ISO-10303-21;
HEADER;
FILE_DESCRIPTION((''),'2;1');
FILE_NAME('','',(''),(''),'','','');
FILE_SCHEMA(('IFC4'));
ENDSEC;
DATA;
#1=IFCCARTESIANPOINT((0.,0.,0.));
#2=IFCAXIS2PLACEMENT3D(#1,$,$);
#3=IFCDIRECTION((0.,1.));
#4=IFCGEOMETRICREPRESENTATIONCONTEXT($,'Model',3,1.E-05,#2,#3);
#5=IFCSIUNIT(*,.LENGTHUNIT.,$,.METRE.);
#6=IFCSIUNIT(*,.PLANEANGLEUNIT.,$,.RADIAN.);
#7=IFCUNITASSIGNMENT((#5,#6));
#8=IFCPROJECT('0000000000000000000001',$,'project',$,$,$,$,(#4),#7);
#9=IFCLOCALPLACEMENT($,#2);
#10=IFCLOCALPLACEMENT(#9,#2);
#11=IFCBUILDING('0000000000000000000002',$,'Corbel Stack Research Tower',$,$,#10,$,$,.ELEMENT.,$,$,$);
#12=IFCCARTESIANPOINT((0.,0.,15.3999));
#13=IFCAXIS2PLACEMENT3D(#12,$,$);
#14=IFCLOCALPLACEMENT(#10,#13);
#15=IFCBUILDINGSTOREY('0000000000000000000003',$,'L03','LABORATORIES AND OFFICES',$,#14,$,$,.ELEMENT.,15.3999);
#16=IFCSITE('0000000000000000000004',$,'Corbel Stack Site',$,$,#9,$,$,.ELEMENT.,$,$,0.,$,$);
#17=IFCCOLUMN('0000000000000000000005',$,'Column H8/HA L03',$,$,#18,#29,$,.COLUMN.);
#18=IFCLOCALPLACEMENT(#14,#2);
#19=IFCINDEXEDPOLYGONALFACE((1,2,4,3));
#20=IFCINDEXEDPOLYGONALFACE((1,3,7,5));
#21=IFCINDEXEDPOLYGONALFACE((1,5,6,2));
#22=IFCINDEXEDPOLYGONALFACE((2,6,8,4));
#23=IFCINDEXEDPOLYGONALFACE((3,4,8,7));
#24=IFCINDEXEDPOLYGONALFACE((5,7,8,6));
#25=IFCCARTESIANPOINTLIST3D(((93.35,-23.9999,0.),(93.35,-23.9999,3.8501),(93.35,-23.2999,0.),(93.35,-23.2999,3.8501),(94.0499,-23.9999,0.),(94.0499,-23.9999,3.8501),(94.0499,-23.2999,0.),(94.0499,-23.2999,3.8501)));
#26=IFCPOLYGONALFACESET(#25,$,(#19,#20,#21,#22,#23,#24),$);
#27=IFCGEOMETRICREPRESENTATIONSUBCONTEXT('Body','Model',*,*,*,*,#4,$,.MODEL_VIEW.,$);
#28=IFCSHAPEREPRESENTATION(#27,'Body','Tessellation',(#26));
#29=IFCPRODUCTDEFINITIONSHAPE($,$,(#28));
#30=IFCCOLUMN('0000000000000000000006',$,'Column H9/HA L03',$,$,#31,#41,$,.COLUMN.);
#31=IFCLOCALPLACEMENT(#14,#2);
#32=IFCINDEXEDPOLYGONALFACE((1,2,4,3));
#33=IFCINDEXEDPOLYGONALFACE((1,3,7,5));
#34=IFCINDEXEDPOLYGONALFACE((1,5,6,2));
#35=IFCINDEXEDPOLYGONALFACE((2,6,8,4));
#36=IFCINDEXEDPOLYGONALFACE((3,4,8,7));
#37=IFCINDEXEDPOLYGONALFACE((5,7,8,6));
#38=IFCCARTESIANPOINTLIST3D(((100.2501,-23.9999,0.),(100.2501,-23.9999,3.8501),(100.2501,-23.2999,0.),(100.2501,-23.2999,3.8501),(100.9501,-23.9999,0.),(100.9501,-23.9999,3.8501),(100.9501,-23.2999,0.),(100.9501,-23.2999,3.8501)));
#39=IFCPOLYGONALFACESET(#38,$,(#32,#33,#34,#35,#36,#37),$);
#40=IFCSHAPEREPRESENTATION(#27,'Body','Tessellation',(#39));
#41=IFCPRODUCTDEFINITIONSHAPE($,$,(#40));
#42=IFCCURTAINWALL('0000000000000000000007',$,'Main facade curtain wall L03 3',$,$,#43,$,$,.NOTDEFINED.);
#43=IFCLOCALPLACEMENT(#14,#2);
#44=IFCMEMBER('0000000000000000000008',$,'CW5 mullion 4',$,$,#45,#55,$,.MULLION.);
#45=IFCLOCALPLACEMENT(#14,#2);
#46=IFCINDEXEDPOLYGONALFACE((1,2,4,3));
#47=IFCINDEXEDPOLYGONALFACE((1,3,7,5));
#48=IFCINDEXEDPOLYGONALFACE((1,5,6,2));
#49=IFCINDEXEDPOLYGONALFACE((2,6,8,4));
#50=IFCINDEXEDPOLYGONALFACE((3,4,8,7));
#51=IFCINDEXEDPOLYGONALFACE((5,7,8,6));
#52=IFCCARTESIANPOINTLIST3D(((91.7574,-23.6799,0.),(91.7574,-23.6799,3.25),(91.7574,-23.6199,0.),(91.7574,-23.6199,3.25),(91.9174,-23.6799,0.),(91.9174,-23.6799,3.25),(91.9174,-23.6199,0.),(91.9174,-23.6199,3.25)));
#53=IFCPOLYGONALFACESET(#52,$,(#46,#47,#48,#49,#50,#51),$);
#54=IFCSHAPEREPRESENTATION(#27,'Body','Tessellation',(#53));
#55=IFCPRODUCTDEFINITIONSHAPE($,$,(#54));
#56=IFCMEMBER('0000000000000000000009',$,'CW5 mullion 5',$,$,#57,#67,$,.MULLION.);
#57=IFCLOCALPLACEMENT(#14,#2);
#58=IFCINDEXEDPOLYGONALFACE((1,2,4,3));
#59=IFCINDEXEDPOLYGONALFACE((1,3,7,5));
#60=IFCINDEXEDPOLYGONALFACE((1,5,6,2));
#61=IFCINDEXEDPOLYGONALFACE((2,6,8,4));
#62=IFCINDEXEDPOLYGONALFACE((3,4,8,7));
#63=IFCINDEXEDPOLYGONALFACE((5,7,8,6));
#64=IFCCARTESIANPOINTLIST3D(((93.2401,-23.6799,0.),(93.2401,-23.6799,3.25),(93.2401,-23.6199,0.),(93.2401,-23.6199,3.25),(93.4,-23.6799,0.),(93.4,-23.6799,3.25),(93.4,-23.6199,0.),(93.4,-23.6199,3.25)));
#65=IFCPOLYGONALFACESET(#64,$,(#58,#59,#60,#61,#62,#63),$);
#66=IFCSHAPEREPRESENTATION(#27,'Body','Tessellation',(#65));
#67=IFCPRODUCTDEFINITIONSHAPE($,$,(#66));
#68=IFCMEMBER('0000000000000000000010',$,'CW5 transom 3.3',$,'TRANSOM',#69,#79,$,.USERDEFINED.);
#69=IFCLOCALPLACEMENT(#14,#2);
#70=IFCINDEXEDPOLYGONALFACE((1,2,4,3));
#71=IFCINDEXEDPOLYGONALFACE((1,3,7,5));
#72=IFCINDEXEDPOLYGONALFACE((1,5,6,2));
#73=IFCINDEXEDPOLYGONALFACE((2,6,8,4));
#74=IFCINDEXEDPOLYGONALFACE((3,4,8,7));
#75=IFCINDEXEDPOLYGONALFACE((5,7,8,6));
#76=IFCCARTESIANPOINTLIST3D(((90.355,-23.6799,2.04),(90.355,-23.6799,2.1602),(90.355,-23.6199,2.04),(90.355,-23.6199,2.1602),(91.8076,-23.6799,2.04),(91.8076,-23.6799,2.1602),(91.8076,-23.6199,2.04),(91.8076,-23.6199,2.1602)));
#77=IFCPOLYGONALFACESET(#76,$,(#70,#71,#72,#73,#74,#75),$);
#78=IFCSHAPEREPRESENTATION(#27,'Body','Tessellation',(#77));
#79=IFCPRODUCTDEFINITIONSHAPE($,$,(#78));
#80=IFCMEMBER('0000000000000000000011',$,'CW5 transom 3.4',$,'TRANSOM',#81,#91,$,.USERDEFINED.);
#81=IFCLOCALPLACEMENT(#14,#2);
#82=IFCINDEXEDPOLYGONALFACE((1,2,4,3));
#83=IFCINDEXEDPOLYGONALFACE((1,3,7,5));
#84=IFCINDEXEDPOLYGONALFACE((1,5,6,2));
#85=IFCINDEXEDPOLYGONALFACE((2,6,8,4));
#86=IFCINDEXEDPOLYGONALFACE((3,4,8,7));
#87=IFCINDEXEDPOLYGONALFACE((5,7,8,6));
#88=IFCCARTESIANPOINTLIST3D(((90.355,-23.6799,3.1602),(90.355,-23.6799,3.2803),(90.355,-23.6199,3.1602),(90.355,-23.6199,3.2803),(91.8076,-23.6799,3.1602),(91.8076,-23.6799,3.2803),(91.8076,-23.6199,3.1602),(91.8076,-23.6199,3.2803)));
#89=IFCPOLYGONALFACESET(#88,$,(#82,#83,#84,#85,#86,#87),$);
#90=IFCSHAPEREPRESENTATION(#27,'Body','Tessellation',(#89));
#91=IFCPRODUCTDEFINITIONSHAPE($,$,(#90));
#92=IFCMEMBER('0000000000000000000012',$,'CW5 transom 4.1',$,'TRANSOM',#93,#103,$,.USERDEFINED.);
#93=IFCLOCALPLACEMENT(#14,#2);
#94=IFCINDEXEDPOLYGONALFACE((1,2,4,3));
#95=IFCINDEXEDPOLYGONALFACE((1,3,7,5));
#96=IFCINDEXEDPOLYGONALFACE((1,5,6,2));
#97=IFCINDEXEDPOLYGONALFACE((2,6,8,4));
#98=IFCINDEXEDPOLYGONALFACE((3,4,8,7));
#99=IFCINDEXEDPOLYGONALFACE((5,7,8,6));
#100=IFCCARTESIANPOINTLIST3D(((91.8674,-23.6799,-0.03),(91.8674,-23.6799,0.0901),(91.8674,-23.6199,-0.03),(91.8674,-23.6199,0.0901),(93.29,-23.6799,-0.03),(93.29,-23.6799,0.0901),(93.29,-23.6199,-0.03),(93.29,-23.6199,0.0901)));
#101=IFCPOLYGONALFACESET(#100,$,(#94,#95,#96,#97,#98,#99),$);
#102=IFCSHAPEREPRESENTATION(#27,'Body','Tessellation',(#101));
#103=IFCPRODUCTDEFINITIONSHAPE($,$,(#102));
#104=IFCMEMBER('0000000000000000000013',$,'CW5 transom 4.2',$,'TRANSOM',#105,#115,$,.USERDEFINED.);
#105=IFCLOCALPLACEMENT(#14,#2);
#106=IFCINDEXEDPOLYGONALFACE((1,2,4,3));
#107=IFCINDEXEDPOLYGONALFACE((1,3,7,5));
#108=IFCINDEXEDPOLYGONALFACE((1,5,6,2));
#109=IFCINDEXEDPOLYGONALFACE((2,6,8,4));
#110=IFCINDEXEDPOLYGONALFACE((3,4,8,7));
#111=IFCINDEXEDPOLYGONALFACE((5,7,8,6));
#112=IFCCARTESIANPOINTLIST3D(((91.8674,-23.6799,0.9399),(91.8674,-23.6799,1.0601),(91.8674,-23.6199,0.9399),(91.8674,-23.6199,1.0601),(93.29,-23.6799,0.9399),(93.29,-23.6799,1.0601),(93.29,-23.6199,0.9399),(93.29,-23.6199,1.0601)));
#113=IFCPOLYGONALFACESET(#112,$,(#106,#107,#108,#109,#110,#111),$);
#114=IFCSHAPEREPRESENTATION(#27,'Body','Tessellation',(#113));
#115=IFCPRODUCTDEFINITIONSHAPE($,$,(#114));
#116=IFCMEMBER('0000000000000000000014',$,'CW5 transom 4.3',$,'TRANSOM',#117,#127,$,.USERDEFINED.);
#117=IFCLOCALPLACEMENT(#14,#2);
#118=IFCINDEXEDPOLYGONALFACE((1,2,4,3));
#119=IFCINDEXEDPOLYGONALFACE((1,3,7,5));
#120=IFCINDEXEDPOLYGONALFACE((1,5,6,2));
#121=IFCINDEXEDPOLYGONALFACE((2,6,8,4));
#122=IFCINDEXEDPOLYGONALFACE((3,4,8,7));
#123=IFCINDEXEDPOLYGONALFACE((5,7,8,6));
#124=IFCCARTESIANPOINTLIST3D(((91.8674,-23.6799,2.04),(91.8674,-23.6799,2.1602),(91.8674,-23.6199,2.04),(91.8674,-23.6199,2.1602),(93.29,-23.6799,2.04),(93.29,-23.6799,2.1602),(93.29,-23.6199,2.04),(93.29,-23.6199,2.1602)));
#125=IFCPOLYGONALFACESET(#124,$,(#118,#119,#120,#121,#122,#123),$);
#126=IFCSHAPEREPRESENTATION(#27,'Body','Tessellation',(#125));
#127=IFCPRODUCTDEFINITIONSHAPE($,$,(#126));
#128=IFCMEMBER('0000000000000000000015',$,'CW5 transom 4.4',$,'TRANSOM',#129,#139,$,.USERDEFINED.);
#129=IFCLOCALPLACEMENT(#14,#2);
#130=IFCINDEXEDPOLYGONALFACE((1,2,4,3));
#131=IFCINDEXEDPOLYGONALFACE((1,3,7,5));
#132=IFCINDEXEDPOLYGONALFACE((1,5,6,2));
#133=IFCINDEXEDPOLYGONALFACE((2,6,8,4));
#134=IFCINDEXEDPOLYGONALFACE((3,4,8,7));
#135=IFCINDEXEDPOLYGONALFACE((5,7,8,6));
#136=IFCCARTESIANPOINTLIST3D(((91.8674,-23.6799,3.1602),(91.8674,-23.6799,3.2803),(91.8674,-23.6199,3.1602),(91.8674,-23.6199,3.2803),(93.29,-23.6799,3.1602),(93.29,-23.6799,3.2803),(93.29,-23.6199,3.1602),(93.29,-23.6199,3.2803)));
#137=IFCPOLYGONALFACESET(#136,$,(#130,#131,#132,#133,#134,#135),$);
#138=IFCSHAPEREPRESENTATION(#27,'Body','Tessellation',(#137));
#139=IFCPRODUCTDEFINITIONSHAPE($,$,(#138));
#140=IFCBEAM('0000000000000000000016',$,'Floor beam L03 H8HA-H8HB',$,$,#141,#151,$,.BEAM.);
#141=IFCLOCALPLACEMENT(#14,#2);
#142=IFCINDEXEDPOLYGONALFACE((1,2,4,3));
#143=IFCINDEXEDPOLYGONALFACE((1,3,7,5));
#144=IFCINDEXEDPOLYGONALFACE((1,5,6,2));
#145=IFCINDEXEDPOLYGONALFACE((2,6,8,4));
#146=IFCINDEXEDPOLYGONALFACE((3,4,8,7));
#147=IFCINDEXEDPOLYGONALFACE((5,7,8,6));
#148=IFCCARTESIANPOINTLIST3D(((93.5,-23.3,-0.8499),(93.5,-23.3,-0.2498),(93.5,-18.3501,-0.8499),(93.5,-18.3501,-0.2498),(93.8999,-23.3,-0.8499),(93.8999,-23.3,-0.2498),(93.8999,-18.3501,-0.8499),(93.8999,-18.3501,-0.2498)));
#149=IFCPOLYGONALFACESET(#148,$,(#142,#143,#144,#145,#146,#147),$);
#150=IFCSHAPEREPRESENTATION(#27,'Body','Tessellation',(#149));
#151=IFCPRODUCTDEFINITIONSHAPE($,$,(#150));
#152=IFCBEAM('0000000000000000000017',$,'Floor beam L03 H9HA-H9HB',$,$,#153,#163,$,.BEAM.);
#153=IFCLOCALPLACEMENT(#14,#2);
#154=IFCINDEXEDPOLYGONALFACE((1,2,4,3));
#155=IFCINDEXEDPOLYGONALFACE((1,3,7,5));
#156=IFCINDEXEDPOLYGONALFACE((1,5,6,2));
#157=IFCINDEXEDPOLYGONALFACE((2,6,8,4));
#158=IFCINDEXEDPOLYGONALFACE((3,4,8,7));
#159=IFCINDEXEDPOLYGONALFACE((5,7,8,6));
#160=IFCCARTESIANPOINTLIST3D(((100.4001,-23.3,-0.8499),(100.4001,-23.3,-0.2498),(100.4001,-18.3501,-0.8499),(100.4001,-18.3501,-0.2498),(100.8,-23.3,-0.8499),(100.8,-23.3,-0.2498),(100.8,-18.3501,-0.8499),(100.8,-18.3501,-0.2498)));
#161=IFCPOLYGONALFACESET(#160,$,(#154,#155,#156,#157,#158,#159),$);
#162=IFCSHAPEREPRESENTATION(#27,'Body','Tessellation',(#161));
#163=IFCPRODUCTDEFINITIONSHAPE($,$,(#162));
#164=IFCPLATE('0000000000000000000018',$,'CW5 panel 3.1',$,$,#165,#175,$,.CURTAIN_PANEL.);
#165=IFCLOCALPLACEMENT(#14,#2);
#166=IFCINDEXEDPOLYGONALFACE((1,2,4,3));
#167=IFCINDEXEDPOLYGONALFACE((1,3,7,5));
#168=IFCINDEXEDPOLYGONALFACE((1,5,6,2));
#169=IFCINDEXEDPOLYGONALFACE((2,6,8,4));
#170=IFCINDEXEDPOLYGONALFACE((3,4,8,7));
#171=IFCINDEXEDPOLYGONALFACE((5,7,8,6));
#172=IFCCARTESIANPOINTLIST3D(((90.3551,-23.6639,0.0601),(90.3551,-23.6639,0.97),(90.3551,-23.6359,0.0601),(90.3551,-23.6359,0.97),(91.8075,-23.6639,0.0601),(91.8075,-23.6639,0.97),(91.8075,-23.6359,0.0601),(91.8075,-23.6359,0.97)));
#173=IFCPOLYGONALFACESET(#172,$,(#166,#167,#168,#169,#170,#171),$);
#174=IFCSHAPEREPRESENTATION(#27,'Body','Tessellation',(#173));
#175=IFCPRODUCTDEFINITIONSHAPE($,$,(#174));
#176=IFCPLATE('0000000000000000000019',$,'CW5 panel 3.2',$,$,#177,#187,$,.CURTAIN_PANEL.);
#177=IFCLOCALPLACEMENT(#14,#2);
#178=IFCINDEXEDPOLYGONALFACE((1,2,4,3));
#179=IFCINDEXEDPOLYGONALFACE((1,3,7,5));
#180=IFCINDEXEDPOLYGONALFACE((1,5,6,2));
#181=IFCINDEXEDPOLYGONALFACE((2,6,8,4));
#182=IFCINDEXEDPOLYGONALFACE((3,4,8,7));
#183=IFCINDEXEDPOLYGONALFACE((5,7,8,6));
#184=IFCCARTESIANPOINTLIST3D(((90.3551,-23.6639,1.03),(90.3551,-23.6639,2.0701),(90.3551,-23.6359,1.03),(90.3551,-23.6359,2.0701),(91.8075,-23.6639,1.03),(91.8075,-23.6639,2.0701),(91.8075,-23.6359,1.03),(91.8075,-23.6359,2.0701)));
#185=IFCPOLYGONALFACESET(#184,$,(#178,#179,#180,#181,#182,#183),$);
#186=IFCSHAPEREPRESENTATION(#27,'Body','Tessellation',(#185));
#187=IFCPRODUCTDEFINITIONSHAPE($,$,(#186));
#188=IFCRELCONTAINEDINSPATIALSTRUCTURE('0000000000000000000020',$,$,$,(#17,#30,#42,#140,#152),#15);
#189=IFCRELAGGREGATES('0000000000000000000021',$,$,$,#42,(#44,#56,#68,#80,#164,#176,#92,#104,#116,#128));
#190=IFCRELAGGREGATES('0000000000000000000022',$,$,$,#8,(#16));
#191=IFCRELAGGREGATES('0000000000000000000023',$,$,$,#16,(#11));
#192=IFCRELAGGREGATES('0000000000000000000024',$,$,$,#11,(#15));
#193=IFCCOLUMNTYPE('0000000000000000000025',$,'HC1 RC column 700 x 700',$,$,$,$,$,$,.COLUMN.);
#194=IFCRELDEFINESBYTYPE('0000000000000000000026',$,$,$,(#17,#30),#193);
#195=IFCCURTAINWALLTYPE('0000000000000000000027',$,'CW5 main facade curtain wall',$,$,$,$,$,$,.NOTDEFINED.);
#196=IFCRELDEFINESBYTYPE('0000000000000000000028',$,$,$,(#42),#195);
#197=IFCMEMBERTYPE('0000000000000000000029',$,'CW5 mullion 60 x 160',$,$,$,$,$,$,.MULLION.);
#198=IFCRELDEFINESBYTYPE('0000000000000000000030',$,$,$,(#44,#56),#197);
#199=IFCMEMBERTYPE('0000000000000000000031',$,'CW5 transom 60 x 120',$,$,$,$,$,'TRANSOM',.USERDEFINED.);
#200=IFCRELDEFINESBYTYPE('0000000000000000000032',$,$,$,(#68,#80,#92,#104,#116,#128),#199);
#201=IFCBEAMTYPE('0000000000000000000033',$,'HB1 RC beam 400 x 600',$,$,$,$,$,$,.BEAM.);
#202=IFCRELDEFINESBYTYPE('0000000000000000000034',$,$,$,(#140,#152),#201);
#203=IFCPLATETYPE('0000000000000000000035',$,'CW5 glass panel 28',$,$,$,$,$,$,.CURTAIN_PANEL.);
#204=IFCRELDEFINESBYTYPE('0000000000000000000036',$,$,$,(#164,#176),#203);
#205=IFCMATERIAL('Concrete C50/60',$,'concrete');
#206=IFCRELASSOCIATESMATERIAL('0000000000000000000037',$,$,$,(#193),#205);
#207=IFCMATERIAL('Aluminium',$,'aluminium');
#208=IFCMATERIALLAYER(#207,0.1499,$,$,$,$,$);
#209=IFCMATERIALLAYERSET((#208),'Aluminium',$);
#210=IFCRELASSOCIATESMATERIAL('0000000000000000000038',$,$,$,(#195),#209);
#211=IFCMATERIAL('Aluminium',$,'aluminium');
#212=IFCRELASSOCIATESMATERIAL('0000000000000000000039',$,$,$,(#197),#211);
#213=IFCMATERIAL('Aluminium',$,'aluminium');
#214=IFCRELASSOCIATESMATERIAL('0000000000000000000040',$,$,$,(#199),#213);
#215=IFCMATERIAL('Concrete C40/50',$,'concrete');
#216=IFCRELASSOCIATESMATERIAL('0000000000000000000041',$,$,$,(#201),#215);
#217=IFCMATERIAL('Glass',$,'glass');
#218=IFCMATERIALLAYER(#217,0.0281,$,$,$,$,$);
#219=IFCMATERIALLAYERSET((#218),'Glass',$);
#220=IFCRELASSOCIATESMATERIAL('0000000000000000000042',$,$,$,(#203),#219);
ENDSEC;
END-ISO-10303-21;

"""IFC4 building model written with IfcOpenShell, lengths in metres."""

from ifc_helpers import new_model, si_unit, direction, frame, origin, origin_2d, place, context, subcontext, project, spatial, rectangle, extrude, material, layer, layer_set, material_profile, profile_set, type_object, element, aggregate, save


model = new_model("IFC4")

# Units and contexts
model_context = context("Model", 3, precision=1e-05, world=origin(), true_north=direction((0.0, 1.0)))
body_context = subcontext(model_context, "Body", "Model", "MODEL_VIEW")
ifc_project = project(units=[si_unit("LENGTHUNIT", "METRE"), si_unit("PLANEANGLEUNIT", "RADIAN")], contexts=[model_context])

# Site, building, storey
site_placement = place(None, origin())
site = spatial("IfcSite", under=ifc_project, at=site_placement, Name="Corbel Stack Site", CompositionType="ELEMENT", RefElevation=0.0)
building_placement = place(site_placement, origin())
building = spatial("IfcBuilding", under=site, at=building_placement, Name="Corbel Stack Research Tower", CompositionType="ELEMENT")
storey_placement = place(building_placement, frame((0.0, 0.0, 15.3999)))
storey = spatial("IfcBuildingStorey", under=building, at=storey_placement, Name="L03", Description="LABORATORIES AND OFFICES", CompositionType="ELEMENT", Elevation=15.3999)

# Columns
ifc_material_1 = material(Name="Concrete C50/60", Category="concrete")
ifc_material_profile_1 = material_profile(ifc_material_1, rectangle(XDim=0.7, YDim=0.7, at=origin_2d()), Name="RC 700 x 700")
ifc_profile_set_1 = profile_set([ifc_material_profile_1], Name="Concrete C50/60")
column_type = type_object("IfcColumnType", Name="HC1 RC column 700 x 700", PredefinedType="COLUMN", material=ifc_profile_set_1)
for number, where, z_axis, x_axis, name in (
    (1, (93.7, -23.6499, 0.0), (0.0, 0.0, 1.0), (1.0, 0.0, 0.0), "Column H8/HA L03"),
    (2, (100.6001, -23.6499, 0.0), (0.0, 0.0, 1.0), (1.0, 0.0, 0.0), "Column H9/HA L03"),
):
    element("IfcColumn", number, at=place(storey_placement, frame(where, z_axis=z_axis, x_axis=x_axis)), inside=storey, type_object=column_type, Name=name, PredefinedType="COLUMN", context=body_context, shape_type="SweptSolid", body=[
        extrude(rectangle(XDim=0.7, YDim=0.7, at=origin_2d()), origin(), (0.0, 0.0, 1.0), 3.8501),
    ])

# Curtain wall, members
ifc_material_2 = material(Name="Aluminium", Category="aluminium")
ifc_layer_1 = layer(ifc_material_2, 0.1499)
ifc_layer_set_1 = layer_set([ifc_layer_1], Name="Aluminium")
curtain_wall_type = type_object("IfcCurtainWallType", Name="CW5 main facade curtain wall", PredefinedType="NOTDEFINED", material=ifc_layer_set_1)
curtain_wall_placement = place(storey_placement, origin())
curtain_wall = element("IfcCurtainWall", 3, at=curtain_wall_placement, inside=storey, type_object=curtain_wall_type, Name="Main facade curtain wall L03 3", PredefinedType="NOTDEFINED")
ifc_material_3 = material(Name="Aluminium", Category="aluminium")
ifc_material_profile_2 = material_profile(ifc_material_3, rectangle(XDim=0.0601, YDim=0.1599, at=origin_2d()), Name="Mullion 60 x 160")
ifc_profile_set_2 = profile_set([ifc_material_profile_2], Name="Aluminium")
member_type_1 = type_object("IfcMemberType", Name="CW5 mullion 60 x 160", PredefinedType="MULLION", material=ifc_profile_set_2)
member_1_placement = place(storey_placement, frame((91.8374, -23.6499, 0.0), z_axis=(0.0, 0.0, 1.0), x_axis=(0.0, 1.0, 0.0)))
member_1 = element("IfcMember", 4, at=member_1_placement, type_object=member_type_1, Name="CW5 mullion 4", PredefinedType="MULLION", context=body_context, shape_type="SweptSolid", body=[
    extrude(rectangle(XDim=0.0601, YDim=0.1599, at=origin_2d()), origin(), (0.0, 0.0, 1.0), 3.25),
])
member_2_placement = place(storey_placement, frame((93.3201, -23.6499, 0.0), z_axis=(0.0, 0.0, 1.0), x_axis=(0.0, 1.0, 0.0)))
member_2 = element("IfcMember", 5, at=member_2_placement, type_object=member_type_1, Name="CW5 mullion 5", PredefinedType="MULLION", context=body_context, shape_type="SweptSolid", body=[
    extrude(rectangle(XDim=0.0601, YDim=0.1599, at=origin_2d()), origin(), (0.0, 0.0, 1.0), 3.25),
])
ifc_material_4 = material(Name="Aluminium", Category="aluminium")
ifc_material_profile_3 = material_profile(ifc_material_4, rectangle(XDim=0.0601, YDim=0.1201, at=origin_2d()), Name="Transom 60 x 120")
ifc_profile_set_3 = profile_set([ifc_material_profile_3], Name="Aluminium")
member_type_2 = type_object("IfcMemberType", Name="CW5 transom 60 x 120", ElementType="TRANSOM", PredefinedType="USERDEFINED", material=ifc_profile_set_3)
member_3_placement = place(storey_placement, frame((90.355, -23.6499, 2.1001), z_axis=(1.0, 0.0, 0.0), x_axis=(0.0, 1.0, 0.0)))
member_3 = element("IfcMember", 6, at=member_3_placement, type_object=member_type_2, Name="CW5 transom 3.3", ObjectType="TRANSOM", PredefinedType="USERDEFINED", context=body_context, shape_type="SweptSolid", body=[
    extrude(rectangle(XDim=0.0601, YDim=0.1201, at=origin_2d()), origin(), (0.0, 0.0, 1.0), 1.4526),
])
member_4_placement = place(storey_placement, frame((90.355, -23.6499, 3.2202), z_axis=(1.0, 0.0, 0.0), x_axis=(0.0, 1.0, 0.0)))
member_4 = element("IfcMember", 7, at=member_4_placement, type_object=member_type_2, Name="CW5 transom 3.4", ObjectType="TRANSOM", PredefinedType="USERDEFINED", context=body_context, shape_type="SweptSolid", body=[
    extrude(rectangle(XDim=0.0601, YDim=0.1201, at=origin_2d()), origin(), (0.0, 0.0, 1.0), 1.4526),
])
member_5_placement = place(storey_placement, frame((91.8674, -23.6499, 0.03), z_axis=(1.0, 0.0, 0.0), x_axis=(0.0, 1.0, 0.0)))
member_5 = element("IfcMember", 8, at=member_5_placement, type_object=member_type_2, Name="CW5 transom 4.1", ObjectType="TRANSOM", PredefinedType="USERDEFINED", context=body_context, shape_type="SweptSolid", body=[
    extrude(rectangle(XDim=0.0601, YDim=0.1201, at=origin_2d()), origin(), (0.0, 0.0, 1.0), 1.4226),
])
member_6_placement = place(storey_placement, frame((91.8674, -23.6499, 1.0), z_axis=(1.0, 0.0, 0.0), x_axis=(0.0, 1.0, 0.0)))
member_6 = element("IfcMember", 9, at=member_6_placement, type_object=member_type_2, Name="CW5 transom 4.2", ObjectType="TRANSOM", PredefinedType="USERDEFINED", context=body_context, shape_type="SweptSolid", body=[
    extrude(rectangle(XDim=0.0601, YDim=0.1201, at=origin_2d()), origin(), (0.0, 0.0, 1.0), 1.4226),
])
member_7_placement = place(storey_placement, frame((91.8674, -23.6499, 2.1001), z_axis=(1.0, 0.0, 0.0), x_axis=(0.0, 1.0, 0.0)))
member_7 = element("IfcMember", 10, at=member_7_placement, type_object=member_type_2, Name="CW5 transom 4.3", ObjectType="TRANSOM", PredefinedType="USERDEFINED", context=body_context, shape_type="SweptSolid", body=[
    extrude(rectangle(XDim=0.0601, YDim=0.1201, at=origin_2d()), origin(), (0.0, 0.0, 1.0), 1.4226),
])
member_8_placement = place(storey_placement, frame((91.8674, -23.6499, 3.2202), z_axis=(1.0, 0.0, 0.0), x_axis=(0.0, 1.0, 0.0)))
member_8 = element("IfcMember", 11, at=member_8_placement, type_object=member_type_2, Name="CW5 transom 4.4", ObjectType="TRANSOM", PredefinedType="USERDEFINED", context=body_context, shape_type="SweptSolid", body=[
    extrude(rectangle(XDim=0.0601, YDim=0.1201, at=origin_2d()), origin(), (0.0, 0.0, 1.0), 1.4226),
])

# Beams
ifc_material_5 = material(Name="Concrete C40/50", Category="concrete")
ifc_material_profile_4 = material_profile(ifc_material_5, rectangle(XDim=0.3999, YDim=0.6001, at=origin_2d()), Name="RC 400 x 600")
ifc_profile_set_4 = profile_set([ifc_material_profile_4], Name="Concrete C40/50")
beam_type = type_object("IfcBeamType", Name="HB1 RC beam 400 x 600", PredefinedType="BEAM", material=ifc_profile_set_4)
for number, where, z_axis, x_axis, name in (
    (12, (93.7, -23.3, -0.5498), (0.0, 1.0, 0.0), (-1.0, 0.0, 0.0), "Floor beam L03 H8HA-H8HB"),
    (13, (100.6001, -23.3, -0.5498), (0.0, 1.0, 0.0), (-1.0, 0.0, 0.0), "Floor beam L03 H9HA-H9HB"),
):
    element("IfcBeam", number, at=place(storey_placement, frame(where, z_axis=z_axis, x_axis=x_axis)), inside=storey, type_object=beam_type, Name=name, PredefinedType="BEAM", context=body_context, shape_type="SweptSolid", body=[
        extrude(rectangle(XDim=0.3999, YDim=0.6001, at=origin_2d()), origin(), (0.0, 0.0, 1.0), 4.95),
    ])

# Plates
ifc_material_6 = material(Name="Glass", Category="glass")
ifc_layer_2 = layer(ifc_material_6, 0.0281)
ifc_layer_set_2 = layer_set([ifc_layer_2], Name="Glass")
plate_type = type_object("IfcPlateType", Name="CW5 glass panel 28", PredefinedType="CURTAIN_PANEL", material=ifc_layer_set_2)
plate_1_placement = place(storey_placement, frame((91.0813, -23.6499, 0.0601), z_axis=(0.0, 0.0, 1.0), x_axis=(1.0, 0.0, 0.0)))
plate_1 = element("IfcPlate", 14, at=plate_1_placement, type_object=plate_type, Name="CW5 panel 3.1", PredefinedType="CURTAIN_PANEL", context=body_context, shape_type="SweptSolid", body=[
    extrude(rectangle(XDim=1.4524, YDim=0.0281, at=origin_2d()), origin(), (0.0, 0.0, 1.0), 0.9099),
])
plate_2_placement = place(storey_placement, frame((91.0813, -23.6499, 1.03), z_axis=(0.0, 0.0, 1.0), x_axis=(1.0, 0.0, 0.0)))
plate_2 = element("IfcPlate", 15, at=plate_2_placement, type_object=plate_type, Name="CW5 panel 3.2", PredefinedType="CURTAIN_PANEL", context=body_context, shape_type="SweptSolid", body=[
    extrude(rectangle(XDim=1.4524, YDim=0.0281, at=origin_2d()), origin(), (0.0, 0.0, 1.0), 1.04),
])
aggregate(curtain_wall, [member_1, member_2, member_3, member_4, plate_1, plate_2, member_5, member_6, member_7, member_8])

save(model, "model.ifc")
